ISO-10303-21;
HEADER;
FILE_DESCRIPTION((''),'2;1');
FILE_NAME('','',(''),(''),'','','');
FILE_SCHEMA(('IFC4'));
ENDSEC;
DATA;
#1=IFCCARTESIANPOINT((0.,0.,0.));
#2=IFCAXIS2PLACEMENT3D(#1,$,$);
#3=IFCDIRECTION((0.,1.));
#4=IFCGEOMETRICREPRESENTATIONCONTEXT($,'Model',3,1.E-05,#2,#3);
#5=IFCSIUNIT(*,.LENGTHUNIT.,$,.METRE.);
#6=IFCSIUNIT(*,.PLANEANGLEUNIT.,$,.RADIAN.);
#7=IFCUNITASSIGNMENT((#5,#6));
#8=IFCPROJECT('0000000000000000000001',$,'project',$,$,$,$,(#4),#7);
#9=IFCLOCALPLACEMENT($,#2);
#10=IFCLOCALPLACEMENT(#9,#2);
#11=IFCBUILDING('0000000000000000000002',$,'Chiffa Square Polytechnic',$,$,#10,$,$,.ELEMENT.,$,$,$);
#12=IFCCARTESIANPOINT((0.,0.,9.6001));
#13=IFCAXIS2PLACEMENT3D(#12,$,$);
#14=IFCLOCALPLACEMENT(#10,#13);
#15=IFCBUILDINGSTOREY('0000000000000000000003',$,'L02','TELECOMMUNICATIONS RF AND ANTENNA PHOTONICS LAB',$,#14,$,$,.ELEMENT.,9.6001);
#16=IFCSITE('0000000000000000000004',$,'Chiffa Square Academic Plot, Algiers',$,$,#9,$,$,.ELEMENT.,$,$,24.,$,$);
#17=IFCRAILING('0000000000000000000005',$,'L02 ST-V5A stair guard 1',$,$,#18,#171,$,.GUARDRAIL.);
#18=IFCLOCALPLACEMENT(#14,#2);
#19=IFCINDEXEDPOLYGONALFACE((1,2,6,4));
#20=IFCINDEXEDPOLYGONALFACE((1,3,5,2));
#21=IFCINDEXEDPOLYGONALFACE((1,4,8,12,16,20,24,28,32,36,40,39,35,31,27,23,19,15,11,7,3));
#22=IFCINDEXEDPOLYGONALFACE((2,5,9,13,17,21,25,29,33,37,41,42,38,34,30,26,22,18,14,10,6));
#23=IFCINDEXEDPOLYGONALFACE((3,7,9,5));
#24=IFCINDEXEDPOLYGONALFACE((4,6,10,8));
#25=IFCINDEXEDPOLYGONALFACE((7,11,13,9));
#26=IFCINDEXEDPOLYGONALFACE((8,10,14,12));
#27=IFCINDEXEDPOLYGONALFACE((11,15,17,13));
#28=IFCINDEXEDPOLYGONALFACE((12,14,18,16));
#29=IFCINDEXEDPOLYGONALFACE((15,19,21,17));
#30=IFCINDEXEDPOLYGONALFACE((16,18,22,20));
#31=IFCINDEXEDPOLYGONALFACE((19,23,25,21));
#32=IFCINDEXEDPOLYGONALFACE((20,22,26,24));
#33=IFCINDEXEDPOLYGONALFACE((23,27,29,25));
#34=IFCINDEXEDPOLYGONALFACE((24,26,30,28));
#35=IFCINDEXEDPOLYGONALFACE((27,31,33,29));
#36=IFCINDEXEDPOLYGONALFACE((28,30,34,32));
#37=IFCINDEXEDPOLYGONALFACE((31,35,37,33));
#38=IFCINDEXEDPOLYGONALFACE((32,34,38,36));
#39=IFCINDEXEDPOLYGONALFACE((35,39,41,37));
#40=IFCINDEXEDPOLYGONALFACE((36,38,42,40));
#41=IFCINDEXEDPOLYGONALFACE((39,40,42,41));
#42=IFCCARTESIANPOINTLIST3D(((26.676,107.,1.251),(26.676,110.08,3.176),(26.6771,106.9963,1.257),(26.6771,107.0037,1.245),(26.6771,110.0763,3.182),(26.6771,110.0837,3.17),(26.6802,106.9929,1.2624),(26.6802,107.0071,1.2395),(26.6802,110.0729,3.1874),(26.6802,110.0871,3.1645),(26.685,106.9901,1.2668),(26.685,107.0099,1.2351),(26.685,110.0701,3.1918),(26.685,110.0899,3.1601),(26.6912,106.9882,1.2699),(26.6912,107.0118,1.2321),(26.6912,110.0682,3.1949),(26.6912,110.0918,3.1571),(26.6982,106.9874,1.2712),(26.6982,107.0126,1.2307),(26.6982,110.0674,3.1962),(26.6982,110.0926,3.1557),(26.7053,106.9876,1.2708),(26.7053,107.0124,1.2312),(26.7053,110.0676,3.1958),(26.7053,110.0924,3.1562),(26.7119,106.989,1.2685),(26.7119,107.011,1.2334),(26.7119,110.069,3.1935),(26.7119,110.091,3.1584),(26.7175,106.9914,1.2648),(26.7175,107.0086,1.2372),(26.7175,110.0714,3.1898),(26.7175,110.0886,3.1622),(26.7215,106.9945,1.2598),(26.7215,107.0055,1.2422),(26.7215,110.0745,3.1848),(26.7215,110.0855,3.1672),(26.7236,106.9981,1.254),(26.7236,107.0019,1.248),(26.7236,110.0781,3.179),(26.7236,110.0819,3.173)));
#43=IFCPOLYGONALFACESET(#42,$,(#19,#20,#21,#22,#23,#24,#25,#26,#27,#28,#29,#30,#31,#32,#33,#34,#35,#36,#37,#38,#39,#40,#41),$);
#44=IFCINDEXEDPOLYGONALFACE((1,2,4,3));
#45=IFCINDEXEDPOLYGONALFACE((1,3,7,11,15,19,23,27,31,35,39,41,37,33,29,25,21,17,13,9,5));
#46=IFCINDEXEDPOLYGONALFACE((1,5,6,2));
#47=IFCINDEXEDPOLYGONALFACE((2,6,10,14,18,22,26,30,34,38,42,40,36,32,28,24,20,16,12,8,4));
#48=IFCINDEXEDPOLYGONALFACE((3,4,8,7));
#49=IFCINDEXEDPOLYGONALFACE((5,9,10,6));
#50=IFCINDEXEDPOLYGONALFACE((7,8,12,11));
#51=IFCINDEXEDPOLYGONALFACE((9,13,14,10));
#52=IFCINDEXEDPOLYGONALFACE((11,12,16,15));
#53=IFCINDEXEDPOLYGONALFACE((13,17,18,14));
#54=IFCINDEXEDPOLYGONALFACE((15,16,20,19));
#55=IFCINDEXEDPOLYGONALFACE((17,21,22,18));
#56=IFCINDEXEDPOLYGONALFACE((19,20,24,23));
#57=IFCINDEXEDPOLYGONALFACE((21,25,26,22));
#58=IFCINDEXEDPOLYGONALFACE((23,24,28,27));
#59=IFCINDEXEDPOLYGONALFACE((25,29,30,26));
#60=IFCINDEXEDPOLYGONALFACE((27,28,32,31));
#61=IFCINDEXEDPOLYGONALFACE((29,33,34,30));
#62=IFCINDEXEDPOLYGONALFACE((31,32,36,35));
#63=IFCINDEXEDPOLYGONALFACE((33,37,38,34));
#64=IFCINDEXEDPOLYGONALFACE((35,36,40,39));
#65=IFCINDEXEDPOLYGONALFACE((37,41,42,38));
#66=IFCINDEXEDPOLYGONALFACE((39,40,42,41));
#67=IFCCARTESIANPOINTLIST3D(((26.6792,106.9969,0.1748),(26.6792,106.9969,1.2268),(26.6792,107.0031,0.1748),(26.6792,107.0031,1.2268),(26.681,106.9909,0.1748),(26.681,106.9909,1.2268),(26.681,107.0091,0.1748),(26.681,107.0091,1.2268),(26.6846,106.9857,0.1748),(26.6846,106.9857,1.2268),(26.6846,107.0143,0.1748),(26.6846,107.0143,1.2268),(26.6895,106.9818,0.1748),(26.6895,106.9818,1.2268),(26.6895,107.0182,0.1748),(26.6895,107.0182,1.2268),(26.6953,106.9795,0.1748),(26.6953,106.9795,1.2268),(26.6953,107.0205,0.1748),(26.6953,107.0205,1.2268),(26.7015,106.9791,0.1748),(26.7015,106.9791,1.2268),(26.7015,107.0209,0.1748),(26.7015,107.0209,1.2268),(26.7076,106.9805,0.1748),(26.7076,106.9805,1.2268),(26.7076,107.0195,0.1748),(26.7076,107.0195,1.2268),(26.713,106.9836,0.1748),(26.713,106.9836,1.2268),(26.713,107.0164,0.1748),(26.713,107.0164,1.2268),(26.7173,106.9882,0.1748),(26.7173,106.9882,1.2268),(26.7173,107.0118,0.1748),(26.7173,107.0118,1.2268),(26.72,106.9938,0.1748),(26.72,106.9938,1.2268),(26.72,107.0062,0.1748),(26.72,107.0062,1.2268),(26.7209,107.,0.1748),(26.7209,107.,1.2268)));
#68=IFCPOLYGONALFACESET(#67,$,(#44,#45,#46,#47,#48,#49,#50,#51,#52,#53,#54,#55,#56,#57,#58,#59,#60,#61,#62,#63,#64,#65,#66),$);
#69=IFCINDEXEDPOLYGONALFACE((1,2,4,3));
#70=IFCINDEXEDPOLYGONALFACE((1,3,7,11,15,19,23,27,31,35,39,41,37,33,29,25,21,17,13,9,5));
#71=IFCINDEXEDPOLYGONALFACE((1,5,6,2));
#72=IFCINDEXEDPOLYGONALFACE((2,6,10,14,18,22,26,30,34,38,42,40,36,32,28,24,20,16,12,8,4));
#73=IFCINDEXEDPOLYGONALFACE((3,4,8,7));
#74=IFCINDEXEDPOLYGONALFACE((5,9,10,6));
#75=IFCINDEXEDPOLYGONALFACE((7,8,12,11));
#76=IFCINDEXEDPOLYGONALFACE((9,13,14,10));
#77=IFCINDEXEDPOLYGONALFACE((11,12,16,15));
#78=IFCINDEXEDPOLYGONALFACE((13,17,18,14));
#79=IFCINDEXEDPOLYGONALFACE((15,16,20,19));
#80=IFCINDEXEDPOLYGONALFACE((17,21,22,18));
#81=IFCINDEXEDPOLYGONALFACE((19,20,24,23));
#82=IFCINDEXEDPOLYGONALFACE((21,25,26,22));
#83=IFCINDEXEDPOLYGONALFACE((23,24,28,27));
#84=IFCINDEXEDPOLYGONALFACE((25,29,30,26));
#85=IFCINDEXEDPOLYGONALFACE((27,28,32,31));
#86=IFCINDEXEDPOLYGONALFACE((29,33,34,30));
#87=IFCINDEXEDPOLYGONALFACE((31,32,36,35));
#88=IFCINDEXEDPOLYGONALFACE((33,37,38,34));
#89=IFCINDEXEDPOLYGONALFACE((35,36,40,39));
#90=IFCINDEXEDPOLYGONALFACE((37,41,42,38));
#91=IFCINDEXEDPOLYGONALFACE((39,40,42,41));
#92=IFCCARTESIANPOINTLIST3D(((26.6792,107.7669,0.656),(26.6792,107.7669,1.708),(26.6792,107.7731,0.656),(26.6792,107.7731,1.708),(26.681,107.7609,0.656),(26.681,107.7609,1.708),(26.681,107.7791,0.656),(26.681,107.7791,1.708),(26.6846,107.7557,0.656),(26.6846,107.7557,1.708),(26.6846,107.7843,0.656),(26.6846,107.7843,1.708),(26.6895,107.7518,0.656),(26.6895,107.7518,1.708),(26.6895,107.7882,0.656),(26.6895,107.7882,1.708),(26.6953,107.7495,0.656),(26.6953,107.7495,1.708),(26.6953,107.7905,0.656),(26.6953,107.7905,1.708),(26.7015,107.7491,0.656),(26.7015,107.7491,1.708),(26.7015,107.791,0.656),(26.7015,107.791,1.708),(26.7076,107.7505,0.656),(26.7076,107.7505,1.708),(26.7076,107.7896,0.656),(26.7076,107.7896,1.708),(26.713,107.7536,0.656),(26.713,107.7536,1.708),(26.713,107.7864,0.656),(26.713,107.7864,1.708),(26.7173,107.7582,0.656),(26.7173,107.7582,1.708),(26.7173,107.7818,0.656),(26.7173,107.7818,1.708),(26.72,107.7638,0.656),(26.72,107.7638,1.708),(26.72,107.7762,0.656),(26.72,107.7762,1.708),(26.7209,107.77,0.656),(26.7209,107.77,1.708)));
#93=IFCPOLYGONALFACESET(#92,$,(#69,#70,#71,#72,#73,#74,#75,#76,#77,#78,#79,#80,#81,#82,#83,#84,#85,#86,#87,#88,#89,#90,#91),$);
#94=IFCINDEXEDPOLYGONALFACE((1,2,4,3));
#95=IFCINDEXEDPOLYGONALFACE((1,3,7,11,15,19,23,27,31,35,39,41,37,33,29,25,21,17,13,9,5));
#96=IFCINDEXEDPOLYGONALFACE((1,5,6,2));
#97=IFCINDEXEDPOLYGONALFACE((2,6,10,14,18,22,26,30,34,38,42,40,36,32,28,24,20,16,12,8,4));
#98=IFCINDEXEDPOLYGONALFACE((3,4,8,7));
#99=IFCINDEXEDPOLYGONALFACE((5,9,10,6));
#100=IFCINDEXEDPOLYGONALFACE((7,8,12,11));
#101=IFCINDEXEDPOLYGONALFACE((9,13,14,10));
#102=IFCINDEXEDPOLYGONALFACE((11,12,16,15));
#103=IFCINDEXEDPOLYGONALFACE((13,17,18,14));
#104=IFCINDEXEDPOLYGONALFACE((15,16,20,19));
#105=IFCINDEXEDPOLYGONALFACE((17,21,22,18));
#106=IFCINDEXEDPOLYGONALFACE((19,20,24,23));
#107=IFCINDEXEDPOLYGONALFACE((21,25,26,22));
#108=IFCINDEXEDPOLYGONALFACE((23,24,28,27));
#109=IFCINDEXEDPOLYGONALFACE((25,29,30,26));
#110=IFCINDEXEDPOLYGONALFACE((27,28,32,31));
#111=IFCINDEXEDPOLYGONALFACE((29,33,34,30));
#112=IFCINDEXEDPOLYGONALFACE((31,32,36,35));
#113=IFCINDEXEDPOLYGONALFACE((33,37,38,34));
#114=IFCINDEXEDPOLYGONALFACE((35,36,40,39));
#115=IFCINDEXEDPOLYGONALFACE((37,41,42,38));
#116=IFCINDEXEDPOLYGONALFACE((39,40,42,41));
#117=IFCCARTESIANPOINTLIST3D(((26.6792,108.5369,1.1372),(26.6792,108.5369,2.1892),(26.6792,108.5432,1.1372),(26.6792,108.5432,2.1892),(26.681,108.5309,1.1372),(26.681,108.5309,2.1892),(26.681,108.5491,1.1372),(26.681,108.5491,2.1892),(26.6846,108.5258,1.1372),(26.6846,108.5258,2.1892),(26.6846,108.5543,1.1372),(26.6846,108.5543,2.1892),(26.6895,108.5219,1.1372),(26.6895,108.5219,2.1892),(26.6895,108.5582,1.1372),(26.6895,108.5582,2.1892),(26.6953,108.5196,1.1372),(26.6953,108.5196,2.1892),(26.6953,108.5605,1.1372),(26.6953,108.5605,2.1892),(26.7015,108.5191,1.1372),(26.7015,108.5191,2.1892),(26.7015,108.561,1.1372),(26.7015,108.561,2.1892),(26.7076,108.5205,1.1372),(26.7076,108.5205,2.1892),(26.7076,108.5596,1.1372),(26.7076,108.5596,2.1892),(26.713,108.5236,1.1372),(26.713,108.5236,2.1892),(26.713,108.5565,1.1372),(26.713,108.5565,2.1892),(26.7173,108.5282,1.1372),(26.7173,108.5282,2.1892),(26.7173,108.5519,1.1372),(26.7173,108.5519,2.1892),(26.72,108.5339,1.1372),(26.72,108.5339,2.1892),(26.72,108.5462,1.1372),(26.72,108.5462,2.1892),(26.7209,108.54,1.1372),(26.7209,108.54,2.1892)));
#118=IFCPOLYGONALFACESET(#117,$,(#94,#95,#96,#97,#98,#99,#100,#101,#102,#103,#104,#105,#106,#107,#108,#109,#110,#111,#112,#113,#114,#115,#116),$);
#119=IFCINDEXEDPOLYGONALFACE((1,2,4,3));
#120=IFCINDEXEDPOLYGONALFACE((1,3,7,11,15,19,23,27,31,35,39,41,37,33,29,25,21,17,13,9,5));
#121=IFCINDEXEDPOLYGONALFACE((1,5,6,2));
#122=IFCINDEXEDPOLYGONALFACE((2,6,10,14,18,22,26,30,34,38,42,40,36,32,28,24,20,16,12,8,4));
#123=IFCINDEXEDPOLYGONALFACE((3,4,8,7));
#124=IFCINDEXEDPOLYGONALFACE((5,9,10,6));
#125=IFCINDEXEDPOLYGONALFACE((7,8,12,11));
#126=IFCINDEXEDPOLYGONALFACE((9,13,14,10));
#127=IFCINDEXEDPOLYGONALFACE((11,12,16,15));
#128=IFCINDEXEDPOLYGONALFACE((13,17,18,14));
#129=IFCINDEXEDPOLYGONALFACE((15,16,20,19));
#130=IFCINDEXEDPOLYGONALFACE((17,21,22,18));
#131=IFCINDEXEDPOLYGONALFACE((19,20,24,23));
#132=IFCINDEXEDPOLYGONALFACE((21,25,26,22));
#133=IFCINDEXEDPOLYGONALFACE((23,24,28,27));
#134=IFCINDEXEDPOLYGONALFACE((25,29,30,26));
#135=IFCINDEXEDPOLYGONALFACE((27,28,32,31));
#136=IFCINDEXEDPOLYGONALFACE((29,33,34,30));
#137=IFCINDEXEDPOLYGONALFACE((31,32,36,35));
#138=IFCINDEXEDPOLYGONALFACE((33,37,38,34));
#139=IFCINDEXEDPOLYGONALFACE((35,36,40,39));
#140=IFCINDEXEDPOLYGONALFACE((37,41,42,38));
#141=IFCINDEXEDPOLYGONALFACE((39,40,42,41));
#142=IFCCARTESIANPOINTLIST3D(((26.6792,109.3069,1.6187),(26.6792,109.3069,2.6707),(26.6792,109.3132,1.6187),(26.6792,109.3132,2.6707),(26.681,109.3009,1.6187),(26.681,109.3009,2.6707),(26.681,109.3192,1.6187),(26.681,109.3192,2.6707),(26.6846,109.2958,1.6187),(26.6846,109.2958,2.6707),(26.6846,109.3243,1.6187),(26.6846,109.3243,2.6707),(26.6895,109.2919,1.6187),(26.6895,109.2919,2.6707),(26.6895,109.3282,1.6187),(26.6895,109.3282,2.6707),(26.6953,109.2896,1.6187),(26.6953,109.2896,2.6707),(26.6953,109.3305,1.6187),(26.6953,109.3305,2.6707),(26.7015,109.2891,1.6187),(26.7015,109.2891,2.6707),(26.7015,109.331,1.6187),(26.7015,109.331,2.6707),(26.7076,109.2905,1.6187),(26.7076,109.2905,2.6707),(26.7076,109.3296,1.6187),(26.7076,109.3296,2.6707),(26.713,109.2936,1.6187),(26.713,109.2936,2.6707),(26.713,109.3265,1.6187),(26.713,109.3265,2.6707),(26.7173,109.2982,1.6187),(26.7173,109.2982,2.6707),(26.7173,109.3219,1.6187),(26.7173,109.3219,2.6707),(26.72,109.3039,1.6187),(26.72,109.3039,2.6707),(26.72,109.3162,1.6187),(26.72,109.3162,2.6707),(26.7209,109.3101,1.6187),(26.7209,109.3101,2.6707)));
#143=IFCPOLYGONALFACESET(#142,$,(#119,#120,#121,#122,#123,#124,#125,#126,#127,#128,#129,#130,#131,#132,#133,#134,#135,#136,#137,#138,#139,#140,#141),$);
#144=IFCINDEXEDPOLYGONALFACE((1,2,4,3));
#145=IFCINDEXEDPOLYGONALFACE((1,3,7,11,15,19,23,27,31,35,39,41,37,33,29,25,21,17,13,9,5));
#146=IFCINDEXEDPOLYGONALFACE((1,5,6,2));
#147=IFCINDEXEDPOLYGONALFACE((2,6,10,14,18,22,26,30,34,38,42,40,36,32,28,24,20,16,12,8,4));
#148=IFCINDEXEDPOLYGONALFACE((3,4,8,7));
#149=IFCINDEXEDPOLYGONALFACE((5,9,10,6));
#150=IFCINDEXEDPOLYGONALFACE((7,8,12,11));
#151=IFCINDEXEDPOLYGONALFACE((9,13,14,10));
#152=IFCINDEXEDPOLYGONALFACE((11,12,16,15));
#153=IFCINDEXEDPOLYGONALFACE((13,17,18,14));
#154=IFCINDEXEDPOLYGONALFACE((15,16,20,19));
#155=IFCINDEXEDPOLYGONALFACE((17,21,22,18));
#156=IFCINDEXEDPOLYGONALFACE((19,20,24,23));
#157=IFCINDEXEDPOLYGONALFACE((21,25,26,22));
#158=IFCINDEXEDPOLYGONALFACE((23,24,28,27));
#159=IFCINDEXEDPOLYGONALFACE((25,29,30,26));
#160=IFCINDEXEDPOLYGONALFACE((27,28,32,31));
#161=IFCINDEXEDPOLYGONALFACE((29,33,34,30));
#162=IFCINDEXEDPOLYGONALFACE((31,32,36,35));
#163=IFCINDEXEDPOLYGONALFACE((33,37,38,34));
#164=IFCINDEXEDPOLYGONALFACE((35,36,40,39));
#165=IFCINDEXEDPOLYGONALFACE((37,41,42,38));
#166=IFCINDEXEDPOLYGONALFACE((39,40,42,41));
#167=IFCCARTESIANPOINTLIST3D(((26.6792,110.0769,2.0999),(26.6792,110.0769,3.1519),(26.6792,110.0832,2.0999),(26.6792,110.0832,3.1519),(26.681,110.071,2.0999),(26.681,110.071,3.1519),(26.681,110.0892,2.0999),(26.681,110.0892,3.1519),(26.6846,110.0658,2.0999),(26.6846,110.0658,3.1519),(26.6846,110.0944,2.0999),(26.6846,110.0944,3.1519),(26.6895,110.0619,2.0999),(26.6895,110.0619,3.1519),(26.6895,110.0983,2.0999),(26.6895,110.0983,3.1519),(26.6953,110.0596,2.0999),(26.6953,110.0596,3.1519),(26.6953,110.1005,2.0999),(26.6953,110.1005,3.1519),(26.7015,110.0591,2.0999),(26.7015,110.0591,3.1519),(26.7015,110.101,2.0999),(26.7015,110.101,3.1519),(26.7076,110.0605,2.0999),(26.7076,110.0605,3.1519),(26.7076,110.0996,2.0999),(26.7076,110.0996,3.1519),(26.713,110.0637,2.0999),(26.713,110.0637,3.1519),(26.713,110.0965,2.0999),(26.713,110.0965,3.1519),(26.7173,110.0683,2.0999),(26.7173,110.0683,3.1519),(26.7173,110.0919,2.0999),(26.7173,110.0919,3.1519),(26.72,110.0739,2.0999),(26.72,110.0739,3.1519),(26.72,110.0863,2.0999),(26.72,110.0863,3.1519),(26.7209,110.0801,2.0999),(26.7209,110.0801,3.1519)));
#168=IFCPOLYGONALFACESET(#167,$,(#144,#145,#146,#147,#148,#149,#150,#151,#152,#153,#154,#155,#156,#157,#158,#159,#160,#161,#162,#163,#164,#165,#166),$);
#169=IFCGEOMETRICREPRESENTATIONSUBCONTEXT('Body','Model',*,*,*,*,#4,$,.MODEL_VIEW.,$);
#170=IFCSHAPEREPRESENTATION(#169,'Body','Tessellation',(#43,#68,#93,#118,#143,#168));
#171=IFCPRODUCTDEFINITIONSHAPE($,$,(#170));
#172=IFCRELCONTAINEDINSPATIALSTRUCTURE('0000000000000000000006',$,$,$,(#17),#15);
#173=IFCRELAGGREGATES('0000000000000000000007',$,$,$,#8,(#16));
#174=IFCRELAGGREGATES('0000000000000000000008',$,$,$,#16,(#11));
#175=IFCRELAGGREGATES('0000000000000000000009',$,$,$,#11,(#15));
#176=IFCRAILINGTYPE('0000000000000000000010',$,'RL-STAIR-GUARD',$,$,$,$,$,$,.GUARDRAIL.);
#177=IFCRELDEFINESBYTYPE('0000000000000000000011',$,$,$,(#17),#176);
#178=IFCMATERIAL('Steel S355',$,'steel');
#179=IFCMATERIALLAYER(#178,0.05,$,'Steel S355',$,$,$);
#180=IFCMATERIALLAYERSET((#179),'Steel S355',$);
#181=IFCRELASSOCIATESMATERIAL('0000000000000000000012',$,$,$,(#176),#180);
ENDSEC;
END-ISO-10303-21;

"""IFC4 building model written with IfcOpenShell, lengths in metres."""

from ifc_helpers import new_model, si_unit, direction, frame, origin, origin_2d, place, context, subcontext, project, spatial, circle, extrude, material, layer, layer_set, type_object, element, save


model = new_model("IFC4")

# Units and contexts
model_context = context("Model", 3, precision=1e-05, world=origin(), true_north=direction((0.0, 1.0)))
body_context = subcontext(model_context, "Body", "Model", "MODEL_VIEW")
ifc_project = project(units=[si_unit("LENGTHUNIT", "METRE"), si_unit("PLANEANGLEUNIT", "RADIAN")], contexts=[model_context])

# Site, building, storey
site_placement = place(None, origin())
site = spatial("IfcSite", under=ifc_project, at=site_placement, Name="Chiffa Square Academic Plot, Algiers", CompositionType="ELEMENT", RefElevation=24.0)
building_placement = place(site_placement, origin())
building = spatial("IfcBuilding", under=site, at=building_placement, Name="Chiffa Square Polytechnic", CompositionType="ELEMENT")
storey_placement = place(building_placement, frame((0.0, 0.0, 9.6001)))
storey = spatial("IfcBuildingStorey", under=building, at=storey_placement, Name="L02", Description="TELECOMMUNICATIONS RF AND ANTENNA PHOTONICS LAB", CompositionType="ELEMENT", Elevation=9.6001)

# Railing
ifc_material_1 = material(Name="Steel S355", Category="steel")
ifc_layer_1 = layer(ifc_material_1, 0.05, Name="Steel S355")
ifc_layer_set_1 = layer_set([ifc_layer_1], Name="Steel S355")
railing_type_1 = type_object("IfcRailingType", Name="RL-STAIR-GUARD", PredefinedType="GUARDRAIL", material=ifc_layer_set_1)
railing_1_placement = place(storey_placement, frame((26.7, 107.0, 0.1748)))
element("IfcRailing", 1, at=railing_1_placement, inside=storey, type_object=railing_type_1, Name="L02 ST-V5A stair guard 1", PredefinedType="GUARDRAIL", context=body_context, shape_type="SweptSolid", body=[
    extrude(circle(Radius=0.0239, at=origin_2d()), frame((0.0, 0.0, 1.0762), z_axis=(0.0, 0.847998, 0.529999), x_axis=(-1.0, 0.0, 0.0)), (0.0, 0.0, 1.0), 3.6321),
    extrude(circle(Radius=0.021, at=origin_2d()), origin(), (0.0, 0.0, 1.0), 1.052),
    extrude(circle(Radius=0.021, at=origin_2d()), frame((0.0, 0.77, 0.4812)), (0.0, 0.0, 1.0), 1.052),
    extrude(circle(Radius=0.021, at=origin_2d()), frame((0.0, 1.54, 0.9624)), (0.0, 0.0, 1.0), 1.052),
    extrude(circle(Radius=0.021, at=origin_2d()), frame((0.0, 2.3101, 1.4438)), (0.0, 0.0, 1.0), 1.052),
    extrude(circle(Radius=0.021, at=origin_2d()), frame((0.0, 3.0801, 1.925)), (0.0, 0.0, 1.0), 1.052),
])

save(model, "model.ifc")
